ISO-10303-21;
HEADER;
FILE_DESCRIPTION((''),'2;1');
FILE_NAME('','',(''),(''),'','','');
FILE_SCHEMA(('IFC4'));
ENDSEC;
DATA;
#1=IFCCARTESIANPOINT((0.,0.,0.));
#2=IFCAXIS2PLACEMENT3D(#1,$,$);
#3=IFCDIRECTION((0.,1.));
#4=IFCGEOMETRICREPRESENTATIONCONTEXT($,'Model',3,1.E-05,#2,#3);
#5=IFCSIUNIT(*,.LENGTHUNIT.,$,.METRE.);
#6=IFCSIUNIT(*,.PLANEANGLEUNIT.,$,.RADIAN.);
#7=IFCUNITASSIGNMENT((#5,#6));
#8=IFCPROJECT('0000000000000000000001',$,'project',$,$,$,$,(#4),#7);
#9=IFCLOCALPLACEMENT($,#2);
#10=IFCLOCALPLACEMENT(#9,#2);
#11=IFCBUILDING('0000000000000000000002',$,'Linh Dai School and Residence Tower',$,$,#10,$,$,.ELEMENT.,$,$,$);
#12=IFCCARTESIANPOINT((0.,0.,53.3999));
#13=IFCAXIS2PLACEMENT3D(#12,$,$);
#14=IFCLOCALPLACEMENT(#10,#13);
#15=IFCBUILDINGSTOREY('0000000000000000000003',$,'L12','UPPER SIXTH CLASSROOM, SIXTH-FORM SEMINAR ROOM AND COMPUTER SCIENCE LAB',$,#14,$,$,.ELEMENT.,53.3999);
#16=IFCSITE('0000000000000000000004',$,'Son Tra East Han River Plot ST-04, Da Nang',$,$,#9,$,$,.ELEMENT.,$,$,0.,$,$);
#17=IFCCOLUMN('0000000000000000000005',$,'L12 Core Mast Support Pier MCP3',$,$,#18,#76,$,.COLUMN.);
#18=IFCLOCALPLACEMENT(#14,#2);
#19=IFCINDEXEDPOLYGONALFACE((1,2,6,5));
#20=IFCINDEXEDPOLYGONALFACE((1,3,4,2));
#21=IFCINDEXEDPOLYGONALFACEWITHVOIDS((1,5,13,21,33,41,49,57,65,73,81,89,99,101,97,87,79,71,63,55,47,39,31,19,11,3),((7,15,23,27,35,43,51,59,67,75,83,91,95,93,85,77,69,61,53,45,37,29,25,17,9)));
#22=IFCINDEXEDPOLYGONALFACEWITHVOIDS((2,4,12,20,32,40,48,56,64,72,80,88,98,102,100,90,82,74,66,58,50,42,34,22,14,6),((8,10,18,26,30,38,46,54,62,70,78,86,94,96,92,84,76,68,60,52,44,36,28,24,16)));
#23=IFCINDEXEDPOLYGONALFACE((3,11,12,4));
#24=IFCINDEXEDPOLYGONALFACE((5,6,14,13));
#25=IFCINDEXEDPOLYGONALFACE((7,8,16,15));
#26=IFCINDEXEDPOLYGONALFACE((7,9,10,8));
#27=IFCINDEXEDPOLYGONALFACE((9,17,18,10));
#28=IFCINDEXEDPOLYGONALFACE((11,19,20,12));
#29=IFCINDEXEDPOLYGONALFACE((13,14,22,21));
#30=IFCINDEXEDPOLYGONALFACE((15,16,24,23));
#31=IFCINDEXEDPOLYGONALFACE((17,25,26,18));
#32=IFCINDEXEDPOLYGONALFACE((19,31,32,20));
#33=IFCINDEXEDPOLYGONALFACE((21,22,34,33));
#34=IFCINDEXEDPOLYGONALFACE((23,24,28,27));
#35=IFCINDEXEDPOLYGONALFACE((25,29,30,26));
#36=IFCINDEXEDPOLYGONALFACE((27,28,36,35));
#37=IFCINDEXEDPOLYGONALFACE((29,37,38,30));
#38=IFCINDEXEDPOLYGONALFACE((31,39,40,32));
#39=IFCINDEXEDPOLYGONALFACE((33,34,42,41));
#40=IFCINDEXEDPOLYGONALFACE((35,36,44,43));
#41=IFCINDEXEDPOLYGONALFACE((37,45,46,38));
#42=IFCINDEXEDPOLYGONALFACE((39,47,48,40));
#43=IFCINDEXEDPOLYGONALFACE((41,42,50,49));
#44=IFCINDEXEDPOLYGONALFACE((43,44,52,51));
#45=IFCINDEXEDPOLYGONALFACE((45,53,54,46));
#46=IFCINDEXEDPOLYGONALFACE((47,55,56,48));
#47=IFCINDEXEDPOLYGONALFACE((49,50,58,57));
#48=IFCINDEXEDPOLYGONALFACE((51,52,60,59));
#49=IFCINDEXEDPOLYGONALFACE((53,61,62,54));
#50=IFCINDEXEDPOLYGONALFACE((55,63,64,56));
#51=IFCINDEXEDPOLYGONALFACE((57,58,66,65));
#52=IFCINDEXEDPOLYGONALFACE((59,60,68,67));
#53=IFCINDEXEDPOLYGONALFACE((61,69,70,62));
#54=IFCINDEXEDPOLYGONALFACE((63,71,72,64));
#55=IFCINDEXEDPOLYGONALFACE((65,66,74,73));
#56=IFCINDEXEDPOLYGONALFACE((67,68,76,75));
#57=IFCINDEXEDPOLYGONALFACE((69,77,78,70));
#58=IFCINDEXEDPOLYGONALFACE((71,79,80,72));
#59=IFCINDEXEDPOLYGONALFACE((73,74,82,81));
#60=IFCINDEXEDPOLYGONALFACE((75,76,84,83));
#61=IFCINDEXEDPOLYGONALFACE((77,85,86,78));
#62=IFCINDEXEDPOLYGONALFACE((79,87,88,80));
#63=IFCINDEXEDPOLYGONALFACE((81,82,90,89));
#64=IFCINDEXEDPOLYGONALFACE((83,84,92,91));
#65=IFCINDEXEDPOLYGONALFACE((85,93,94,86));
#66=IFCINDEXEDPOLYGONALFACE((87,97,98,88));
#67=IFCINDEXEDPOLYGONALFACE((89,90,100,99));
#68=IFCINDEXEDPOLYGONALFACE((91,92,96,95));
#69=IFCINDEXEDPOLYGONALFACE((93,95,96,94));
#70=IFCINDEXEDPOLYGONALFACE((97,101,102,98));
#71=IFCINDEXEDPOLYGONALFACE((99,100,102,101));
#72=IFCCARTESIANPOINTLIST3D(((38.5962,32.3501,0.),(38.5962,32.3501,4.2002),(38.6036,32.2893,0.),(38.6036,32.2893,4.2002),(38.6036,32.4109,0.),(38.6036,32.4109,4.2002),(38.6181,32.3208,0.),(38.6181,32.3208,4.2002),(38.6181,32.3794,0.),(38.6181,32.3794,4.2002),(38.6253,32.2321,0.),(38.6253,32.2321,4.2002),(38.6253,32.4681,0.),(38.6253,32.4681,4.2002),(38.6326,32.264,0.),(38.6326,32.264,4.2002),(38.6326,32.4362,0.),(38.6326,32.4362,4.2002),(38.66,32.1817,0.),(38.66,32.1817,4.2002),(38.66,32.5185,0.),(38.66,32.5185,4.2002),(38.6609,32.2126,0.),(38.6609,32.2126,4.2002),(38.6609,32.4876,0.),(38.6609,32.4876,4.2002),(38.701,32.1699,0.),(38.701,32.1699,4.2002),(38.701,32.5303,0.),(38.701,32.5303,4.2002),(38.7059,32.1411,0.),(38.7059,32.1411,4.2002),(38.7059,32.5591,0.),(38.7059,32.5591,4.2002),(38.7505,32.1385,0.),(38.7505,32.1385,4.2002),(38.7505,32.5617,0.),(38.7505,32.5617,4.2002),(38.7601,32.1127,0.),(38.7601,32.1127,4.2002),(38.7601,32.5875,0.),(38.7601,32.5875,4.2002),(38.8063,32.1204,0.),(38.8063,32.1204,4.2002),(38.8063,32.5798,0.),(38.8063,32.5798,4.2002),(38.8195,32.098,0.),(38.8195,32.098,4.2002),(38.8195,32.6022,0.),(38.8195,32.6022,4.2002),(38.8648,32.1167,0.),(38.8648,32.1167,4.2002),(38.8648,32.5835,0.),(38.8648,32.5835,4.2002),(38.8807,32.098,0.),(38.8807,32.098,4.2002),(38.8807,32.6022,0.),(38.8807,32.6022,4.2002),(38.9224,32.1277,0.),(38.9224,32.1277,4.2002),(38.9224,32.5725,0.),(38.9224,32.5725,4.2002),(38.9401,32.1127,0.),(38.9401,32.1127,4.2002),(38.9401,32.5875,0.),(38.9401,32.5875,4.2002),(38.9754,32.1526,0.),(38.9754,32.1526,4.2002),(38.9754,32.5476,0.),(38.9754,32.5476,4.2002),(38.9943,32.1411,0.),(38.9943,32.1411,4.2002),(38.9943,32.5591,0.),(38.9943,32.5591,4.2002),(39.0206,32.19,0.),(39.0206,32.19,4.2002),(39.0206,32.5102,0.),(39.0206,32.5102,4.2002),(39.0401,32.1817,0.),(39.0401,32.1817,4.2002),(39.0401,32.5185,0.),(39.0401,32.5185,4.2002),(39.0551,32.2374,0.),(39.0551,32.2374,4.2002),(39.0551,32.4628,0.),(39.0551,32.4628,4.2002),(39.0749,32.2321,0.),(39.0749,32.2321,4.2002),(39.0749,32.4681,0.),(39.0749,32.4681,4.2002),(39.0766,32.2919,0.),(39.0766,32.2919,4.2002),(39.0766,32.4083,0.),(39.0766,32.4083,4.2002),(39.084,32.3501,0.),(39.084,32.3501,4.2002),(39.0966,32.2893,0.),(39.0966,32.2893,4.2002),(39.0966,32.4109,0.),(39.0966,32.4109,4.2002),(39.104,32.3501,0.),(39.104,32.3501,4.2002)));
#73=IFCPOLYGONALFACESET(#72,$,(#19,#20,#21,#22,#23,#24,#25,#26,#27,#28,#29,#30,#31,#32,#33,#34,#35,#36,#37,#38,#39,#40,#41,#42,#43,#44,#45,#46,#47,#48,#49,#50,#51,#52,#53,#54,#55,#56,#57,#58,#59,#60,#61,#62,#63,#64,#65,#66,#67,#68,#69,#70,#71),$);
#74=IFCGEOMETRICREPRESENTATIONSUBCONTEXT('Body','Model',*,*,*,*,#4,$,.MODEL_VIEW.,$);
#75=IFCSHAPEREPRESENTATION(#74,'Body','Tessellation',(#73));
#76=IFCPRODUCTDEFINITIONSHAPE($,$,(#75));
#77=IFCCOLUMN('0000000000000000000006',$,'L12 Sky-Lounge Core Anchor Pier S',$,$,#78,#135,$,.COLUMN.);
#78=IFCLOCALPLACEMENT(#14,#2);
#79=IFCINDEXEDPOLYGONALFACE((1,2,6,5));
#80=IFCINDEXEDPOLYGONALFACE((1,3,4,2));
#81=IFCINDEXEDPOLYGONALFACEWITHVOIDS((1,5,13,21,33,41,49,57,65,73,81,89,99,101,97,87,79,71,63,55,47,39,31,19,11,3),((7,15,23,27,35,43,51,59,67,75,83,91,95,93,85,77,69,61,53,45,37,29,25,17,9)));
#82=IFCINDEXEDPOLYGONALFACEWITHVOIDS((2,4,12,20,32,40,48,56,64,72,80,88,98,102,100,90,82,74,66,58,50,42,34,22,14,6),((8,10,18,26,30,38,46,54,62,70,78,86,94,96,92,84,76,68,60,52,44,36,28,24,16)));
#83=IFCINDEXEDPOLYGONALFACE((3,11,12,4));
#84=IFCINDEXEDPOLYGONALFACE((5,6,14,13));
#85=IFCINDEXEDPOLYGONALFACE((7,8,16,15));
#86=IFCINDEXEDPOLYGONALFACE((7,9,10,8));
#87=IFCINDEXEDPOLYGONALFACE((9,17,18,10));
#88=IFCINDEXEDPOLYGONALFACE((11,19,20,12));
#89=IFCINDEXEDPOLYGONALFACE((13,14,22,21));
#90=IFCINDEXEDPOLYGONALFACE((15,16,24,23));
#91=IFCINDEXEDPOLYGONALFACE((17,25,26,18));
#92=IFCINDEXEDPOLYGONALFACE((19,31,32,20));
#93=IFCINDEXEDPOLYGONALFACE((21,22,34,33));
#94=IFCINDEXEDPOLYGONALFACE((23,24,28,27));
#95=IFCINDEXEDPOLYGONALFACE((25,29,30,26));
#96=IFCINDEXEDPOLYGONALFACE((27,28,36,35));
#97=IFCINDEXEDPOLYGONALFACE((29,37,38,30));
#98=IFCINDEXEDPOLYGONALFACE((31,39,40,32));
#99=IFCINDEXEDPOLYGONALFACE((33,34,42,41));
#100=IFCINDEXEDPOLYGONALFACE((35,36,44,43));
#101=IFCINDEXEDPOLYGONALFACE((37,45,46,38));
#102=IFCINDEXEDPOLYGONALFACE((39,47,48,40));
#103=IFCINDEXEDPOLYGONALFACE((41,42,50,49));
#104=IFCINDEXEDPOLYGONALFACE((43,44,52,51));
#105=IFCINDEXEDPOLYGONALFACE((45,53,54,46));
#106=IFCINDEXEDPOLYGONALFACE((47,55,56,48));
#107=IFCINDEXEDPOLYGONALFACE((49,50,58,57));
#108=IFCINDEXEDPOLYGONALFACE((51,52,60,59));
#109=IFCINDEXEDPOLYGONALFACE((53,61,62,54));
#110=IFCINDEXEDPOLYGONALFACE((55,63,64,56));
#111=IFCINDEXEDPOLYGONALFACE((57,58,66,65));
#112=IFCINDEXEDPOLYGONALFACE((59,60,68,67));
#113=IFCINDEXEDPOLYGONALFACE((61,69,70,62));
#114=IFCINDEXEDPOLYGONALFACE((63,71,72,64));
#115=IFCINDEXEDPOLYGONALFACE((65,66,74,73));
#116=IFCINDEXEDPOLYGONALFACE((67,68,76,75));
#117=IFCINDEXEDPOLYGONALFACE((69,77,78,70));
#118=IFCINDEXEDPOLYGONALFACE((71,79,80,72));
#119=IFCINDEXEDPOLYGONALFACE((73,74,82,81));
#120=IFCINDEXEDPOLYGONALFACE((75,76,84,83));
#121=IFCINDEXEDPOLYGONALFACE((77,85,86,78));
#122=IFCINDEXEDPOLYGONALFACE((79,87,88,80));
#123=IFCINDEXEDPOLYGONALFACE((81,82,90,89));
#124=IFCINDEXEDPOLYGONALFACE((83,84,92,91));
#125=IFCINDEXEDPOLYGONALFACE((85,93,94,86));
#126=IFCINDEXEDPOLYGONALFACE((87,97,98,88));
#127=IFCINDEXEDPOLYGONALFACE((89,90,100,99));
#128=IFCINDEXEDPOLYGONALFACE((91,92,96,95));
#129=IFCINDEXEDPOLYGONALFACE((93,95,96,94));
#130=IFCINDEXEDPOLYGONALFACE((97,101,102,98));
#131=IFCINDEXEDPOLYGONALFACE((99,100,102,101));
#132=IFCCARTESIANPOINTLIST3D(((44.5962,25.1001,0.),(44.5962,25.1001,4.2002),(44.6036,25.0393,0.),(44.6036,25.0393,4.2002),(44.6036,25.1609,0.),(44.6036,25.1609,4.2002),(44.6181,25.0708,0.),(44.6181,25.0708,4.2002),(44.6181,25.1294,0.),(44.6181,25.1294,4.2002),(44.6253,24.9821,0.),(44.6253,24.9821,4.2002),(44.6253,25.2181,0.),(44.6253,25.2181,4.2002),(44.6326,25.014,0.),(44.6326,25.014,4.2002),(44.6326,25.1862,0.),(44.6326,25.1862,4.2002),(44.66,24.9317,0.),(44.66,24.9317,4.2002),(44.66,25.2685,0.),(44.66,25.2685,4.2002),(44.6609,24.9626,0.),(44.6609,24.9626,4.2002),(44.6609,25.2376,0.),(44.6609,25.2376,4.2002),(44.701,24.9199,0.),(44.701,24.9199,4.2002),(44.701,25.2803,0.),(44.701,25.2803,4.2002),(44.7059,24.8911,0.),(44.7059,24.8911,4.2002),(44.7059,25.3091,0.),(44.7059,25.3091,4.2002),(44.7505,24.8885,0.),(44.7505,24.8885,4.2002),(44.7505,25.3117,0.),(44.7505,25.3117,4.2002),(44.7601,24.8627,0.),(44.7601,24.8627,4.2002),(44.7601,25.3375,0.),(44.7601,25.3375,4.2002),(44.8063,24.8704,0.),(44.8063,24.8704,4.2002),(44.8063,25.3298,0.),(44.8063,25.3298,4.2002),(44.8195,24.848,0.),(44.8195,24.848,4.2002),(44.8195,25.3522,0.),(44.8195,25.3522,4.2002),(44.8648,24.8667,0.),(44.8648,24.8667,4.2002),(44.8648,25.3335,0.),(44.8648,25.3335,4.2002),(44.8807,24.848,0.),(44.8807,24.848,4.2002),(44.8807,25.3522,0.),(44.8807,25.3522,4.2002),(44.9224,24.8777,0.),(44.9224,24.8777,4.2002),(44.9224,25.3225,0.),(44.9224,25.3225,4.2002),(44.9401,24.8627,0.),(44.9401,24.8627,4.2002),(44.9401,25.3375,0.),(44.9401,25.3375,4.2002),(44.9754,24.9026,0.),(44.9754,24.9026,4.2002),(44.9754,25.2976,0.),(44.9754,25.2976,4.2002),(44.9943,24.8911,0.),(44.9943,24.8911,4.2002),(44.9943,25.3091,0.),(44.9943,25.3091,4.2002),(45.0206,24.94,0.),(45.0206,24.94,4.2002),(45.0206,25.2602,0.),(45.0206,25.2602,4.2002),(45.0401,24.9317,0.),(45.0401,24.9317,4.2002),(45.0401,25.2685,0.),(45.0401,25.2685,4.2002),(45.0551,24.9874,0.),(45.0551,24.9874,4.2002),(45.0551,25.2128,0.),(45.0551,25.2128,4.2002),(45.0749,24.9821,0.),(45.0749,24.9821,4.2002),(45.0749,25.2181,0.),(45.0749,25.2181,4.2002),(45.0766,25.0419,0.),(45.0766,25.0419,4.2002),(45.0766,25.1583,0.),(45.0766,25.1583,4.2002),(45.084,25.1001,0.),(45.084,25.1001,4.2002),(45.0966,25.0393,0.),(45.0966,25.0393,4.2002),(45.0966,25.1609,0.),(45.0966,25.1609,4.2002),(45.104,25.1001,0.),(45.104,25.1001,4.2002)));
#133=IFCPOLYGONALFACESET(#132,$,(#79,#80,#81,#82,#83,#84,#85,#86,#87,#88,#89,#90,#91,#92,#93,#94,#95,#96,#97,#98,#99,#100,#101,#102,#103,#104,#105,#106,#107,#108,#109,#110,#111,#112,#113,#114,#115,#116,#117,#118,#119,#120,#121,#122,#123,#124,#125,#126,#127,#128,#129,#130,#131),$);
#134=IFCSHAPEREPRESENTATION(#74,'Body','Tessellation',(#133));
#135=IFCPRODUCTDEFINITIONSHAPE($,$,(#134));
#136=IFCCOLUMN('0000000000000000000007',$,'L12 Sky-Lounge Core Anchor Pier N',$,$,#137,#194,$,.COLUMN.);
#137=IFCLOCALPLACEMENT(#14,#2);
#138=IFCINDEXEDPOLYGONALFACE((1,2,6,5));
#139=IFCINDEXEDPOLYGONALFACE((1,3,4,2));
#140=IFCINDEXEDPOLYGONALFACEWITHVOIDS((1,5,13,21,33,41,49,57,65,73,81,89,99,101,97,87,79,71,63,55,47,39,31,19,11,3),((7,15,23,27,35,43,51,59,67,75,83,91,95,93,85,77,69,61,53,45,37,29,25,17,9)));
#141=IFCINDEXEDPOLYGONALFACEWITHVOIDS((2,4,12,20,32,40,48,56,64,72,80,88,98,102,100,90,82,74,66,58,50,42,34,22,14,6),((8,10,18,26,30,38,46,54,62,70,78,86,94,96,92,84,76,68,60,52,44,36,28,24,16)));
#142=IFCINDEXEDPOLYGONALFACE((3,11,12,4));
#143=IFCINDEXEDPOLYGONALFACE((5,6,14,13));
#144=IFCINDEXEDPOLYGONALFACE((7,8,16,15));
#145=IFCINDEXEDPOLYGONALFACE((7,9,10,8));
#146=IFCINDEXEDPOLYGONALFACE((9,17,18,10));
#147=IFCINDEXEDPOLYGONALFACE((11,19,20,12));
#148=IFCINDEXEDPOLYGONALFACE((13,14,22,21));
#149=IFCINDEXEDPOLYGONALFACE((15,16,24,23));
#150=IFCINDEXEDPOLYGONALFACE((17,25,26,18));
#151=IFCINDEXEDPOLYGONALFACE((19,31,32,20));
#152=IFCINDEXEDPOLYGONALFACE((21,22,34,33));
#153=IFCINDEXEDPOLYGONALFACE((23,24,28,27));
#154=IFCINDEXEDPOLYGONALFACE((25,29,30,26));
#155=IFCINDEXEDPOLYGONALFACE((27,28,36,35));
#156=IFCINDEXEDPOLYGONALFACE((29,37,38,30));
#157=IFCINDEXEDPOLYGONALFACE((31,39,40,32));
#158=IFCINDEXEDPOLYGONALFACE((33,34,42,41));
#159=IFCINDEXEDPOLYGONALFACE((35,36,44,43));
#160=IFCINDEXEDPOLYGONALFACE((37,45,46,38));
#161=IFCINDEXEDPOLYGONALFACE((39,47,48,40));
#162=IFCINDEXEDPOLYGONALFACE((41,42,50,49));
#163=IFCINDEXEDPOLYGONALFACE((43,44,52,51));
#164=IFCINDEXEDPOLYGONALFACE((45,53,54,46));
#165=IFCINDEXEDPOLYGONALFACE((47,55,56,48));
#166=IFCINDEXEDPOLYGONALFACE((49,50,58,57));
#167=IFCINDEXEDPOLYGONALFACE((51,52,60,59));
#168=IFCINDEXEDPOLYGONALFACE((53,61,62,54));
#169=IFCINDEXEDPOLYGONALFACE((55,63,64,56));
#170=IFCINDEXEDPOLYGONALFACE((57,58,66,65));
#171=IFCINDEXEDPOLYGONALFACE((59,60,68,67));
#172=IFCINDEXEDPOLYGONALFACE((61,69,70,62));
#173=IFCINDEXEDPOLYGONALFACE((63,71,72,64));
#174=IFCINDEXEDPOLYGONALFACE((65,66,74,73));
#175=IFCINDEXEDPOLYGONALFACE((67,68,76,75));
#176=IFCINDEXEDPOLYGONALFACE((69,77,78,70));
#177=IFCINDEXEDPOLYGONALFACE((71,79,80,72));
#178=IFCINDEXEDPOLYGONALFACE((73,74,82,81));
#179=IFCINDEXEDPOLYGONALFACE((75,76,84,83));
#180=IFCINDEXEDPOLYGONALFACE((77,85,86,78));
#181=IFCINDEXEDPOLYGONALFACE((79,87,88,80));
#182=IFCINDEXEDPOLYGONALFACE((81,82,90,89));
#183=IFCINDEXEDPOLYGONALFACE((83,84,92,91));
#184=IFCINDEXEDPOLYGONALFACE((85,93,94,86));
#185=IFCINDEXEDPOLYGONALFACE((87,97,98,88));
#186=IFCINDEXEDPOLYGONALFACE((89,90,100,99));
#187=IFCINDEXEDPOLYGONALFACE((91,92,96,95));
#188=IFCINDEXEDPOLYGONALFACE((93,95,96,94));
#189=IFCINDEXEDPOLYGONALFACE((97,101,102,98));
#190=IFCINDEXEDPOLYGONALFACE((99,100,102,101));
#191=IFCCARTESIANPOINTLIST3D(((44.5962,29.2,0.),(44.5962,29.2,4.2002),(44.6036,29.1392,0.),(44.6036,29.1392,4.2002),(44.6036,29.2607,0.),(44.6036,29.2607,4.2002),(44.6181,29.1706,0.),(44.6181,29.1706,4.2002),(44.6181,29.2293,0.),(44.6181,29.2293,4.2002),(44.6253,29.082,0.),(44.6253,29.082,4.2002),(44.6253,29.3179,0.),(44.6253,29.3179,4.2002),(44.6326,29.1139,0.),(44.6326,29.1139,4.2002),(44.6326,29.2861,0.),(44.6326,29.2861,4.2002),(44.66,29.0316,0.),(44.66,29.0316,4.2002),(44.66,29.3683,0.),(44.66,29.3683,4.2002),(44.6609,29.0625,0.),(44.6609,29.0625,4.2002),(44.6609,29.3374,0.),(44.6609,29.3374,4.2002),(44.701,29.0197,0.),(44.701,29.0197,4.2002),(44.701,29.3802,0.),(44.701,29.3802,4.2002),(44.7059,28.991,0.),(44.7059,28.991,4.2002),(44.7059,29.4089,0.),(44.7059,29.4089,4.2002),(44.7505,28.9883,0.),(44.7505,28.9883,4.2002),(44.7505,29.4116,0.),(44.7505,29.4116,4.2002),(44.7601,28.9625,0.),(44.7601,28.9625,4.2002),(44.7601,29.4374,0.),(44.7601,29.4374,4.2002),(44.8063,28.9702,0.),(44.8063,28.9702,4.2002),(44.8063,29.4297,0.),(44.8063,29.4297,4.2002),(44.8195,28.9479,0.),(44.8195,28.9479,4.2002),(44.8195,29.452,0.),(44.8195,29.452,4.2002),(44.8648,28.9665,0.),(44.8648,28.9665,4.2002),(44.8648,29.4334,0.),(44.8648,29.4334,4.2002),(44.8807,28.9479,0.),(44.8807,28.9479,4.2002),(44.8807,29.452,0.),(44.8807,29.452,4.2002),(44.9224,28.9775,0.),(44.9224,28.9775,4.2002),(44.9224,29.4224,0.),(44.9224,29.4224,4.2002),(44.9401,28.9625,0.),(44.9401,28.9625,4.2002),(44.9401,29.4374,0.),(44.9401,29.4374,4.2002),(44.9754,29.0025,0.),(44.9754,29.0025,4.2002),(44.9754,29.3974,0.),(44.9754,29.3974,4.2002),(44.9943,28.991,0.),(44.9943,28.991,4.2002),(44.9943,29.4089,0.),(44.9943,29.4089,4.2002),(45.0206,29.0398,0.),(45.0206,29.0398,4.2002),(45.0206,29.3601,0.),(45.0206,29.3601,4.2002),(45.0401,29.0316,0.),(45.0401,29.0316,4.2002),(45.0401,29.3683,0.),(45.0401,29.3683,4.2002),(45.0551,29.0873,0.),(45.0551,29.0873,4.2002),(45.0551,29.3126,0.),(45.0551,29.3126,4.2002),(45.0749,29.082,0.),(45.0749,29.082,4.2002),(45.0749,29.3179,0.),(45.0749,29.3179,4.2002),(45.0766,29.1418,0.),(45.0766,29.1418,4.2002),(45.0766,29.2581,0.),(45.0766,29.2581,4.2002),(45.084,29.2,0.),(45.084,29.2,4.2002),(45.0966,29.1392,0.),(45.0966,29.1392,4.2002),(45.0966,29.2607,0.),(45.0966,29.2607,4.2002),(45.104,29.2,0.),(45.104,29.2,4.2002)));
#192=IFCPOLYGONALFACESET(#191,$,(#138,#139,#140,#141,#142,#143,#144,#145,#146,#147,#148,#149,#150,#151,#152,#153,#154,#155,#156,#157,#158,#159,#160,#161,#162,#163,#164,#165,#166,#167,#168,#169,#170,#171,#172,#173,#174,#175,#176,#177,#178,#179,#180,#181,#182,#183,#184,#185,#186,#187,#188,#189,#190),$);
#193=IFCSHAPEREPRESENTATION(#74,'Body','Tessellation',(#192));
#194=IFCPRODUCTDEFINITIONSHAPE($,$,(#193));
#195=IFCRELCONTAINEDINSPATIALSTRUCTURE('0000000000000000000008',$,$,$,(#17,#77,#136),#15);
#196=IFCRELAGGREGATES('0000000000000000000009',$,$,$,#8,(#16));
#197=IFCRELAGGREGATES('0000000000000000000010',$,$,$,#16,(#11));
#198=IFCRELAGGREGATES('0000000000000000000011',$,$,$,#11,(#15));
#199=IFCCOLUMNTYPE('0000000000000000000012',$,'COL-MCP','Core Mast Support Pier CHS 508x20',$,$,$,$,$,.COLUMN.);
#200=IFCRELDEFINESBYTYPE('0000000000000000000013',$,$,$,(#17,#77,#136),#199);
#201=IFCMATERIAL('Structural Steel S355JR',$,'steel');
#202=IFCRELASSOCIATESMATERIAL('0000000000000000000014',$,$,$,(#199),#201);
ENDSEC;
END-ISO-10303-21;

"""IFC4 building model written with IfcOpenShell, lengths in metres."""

from ifc_helpers import new_model, si_unit, direction, frame, origin, origin_2d, place, context, subcontext, project, spatial, hollow_circle, extrude, material, material_profile, profile_set, type_object, element, save


model = new_model("IFC4")

# Units and contexts
model_context = context("Model", 3, precision=1e-05, world=origin(), true_north=direction((0.0, 1.0)))
body_context = subcontext(model_context, "Body", "Model", "MODEL_VIEW")
ifc_project = project(units=[si_unit("LENGTHUNIT", "METRE"), si_unit("PLANEANGLEUNIT", "RADIAN")], contexts=[model_context])

# Site, building, storey
site_placement = place(None, origin())
site = spatial("IfcSite", under=ifc_project, at=site_placement, Name="Son Tra East Han River Plot ST-04, Da Nang", CompositionType="ELEMENT", RefElevation=0.0)
building_placement = place(site_placement, origin())
building = spatial("IfcBuilding", under=site, at=building_placement, Name="Linh Dai School and Residence Tower", CompositionType="ELEMENT")
storey_placement = place(building_placement, frame((0.0, 0.0, 53.3999)))
storey = spatial("IfcBuildingStorey", under=building, at=storey_placement, Name="L12", Description="UPPER SIXTH CLASSROOM, SIXTH-FORM SEMINAR ROOM AND COMPUTER SCIENCE LAB", CompositionType="ELEMENT", Elevation=53.3999)

# Columns
ifc_material_1 = material(Name="Structural Steel S355JR", Category="steel")
ifc_material_profile_1 = material_profile(ifc_material_1, hollow_circle(Radius=0.2539, WallThickness=0.02, at=origin_2d()), Name="CHS 508x20")
ifc_profile_set_1 = profile_set([ifc_material_profile_1], Name="Structural Steel S355JR")
column_type_1 = type_object("IfcColumnType", Name="COL-MCP", Description="Core Mast Support Pier CHS 508x20", PredefinedType="COLUMN", material=ifc_profile_set_1)
for number, where, z_axis, x_axis, name in (
    (1, (38.8501, 32.3501, 0.0), (0.0, 0.0, 1.0), (1.0, 0.0, 0.0), "L12 Core Mast Support Pier MCP3"),
    (2, (44.8501, 25.1001, 0.0), (0.0, 0.0, 1.0), (1.0, 0.0, 0.0), "L12 Sky-Lounge Core Anchor Pier S"),
    (3, (44.8501, 29.2, 0.0), (0.0, 0.0, 1.0), (1.0, 0.0, 0.0), "L12 Sky-Lounge Core Anchor Pier N"),
):
    element("IfcColumn", number, at=place(storey_placement, frame(where, z_axis=z_axis, x_axis=x_axis)), inside=storey, type_object=column_type_1, Name=name, PredefinedType="COLUMN", context=body_context, shape_type="SweptSolid", body=[
        extrude(hollow_circle(Radius=0.2539, WallThickness=0.02, at=origin_2d()), origin(), (0.0, 0.0, 1.0), 4.2002),
    ])

save(model, "model.ifc")
